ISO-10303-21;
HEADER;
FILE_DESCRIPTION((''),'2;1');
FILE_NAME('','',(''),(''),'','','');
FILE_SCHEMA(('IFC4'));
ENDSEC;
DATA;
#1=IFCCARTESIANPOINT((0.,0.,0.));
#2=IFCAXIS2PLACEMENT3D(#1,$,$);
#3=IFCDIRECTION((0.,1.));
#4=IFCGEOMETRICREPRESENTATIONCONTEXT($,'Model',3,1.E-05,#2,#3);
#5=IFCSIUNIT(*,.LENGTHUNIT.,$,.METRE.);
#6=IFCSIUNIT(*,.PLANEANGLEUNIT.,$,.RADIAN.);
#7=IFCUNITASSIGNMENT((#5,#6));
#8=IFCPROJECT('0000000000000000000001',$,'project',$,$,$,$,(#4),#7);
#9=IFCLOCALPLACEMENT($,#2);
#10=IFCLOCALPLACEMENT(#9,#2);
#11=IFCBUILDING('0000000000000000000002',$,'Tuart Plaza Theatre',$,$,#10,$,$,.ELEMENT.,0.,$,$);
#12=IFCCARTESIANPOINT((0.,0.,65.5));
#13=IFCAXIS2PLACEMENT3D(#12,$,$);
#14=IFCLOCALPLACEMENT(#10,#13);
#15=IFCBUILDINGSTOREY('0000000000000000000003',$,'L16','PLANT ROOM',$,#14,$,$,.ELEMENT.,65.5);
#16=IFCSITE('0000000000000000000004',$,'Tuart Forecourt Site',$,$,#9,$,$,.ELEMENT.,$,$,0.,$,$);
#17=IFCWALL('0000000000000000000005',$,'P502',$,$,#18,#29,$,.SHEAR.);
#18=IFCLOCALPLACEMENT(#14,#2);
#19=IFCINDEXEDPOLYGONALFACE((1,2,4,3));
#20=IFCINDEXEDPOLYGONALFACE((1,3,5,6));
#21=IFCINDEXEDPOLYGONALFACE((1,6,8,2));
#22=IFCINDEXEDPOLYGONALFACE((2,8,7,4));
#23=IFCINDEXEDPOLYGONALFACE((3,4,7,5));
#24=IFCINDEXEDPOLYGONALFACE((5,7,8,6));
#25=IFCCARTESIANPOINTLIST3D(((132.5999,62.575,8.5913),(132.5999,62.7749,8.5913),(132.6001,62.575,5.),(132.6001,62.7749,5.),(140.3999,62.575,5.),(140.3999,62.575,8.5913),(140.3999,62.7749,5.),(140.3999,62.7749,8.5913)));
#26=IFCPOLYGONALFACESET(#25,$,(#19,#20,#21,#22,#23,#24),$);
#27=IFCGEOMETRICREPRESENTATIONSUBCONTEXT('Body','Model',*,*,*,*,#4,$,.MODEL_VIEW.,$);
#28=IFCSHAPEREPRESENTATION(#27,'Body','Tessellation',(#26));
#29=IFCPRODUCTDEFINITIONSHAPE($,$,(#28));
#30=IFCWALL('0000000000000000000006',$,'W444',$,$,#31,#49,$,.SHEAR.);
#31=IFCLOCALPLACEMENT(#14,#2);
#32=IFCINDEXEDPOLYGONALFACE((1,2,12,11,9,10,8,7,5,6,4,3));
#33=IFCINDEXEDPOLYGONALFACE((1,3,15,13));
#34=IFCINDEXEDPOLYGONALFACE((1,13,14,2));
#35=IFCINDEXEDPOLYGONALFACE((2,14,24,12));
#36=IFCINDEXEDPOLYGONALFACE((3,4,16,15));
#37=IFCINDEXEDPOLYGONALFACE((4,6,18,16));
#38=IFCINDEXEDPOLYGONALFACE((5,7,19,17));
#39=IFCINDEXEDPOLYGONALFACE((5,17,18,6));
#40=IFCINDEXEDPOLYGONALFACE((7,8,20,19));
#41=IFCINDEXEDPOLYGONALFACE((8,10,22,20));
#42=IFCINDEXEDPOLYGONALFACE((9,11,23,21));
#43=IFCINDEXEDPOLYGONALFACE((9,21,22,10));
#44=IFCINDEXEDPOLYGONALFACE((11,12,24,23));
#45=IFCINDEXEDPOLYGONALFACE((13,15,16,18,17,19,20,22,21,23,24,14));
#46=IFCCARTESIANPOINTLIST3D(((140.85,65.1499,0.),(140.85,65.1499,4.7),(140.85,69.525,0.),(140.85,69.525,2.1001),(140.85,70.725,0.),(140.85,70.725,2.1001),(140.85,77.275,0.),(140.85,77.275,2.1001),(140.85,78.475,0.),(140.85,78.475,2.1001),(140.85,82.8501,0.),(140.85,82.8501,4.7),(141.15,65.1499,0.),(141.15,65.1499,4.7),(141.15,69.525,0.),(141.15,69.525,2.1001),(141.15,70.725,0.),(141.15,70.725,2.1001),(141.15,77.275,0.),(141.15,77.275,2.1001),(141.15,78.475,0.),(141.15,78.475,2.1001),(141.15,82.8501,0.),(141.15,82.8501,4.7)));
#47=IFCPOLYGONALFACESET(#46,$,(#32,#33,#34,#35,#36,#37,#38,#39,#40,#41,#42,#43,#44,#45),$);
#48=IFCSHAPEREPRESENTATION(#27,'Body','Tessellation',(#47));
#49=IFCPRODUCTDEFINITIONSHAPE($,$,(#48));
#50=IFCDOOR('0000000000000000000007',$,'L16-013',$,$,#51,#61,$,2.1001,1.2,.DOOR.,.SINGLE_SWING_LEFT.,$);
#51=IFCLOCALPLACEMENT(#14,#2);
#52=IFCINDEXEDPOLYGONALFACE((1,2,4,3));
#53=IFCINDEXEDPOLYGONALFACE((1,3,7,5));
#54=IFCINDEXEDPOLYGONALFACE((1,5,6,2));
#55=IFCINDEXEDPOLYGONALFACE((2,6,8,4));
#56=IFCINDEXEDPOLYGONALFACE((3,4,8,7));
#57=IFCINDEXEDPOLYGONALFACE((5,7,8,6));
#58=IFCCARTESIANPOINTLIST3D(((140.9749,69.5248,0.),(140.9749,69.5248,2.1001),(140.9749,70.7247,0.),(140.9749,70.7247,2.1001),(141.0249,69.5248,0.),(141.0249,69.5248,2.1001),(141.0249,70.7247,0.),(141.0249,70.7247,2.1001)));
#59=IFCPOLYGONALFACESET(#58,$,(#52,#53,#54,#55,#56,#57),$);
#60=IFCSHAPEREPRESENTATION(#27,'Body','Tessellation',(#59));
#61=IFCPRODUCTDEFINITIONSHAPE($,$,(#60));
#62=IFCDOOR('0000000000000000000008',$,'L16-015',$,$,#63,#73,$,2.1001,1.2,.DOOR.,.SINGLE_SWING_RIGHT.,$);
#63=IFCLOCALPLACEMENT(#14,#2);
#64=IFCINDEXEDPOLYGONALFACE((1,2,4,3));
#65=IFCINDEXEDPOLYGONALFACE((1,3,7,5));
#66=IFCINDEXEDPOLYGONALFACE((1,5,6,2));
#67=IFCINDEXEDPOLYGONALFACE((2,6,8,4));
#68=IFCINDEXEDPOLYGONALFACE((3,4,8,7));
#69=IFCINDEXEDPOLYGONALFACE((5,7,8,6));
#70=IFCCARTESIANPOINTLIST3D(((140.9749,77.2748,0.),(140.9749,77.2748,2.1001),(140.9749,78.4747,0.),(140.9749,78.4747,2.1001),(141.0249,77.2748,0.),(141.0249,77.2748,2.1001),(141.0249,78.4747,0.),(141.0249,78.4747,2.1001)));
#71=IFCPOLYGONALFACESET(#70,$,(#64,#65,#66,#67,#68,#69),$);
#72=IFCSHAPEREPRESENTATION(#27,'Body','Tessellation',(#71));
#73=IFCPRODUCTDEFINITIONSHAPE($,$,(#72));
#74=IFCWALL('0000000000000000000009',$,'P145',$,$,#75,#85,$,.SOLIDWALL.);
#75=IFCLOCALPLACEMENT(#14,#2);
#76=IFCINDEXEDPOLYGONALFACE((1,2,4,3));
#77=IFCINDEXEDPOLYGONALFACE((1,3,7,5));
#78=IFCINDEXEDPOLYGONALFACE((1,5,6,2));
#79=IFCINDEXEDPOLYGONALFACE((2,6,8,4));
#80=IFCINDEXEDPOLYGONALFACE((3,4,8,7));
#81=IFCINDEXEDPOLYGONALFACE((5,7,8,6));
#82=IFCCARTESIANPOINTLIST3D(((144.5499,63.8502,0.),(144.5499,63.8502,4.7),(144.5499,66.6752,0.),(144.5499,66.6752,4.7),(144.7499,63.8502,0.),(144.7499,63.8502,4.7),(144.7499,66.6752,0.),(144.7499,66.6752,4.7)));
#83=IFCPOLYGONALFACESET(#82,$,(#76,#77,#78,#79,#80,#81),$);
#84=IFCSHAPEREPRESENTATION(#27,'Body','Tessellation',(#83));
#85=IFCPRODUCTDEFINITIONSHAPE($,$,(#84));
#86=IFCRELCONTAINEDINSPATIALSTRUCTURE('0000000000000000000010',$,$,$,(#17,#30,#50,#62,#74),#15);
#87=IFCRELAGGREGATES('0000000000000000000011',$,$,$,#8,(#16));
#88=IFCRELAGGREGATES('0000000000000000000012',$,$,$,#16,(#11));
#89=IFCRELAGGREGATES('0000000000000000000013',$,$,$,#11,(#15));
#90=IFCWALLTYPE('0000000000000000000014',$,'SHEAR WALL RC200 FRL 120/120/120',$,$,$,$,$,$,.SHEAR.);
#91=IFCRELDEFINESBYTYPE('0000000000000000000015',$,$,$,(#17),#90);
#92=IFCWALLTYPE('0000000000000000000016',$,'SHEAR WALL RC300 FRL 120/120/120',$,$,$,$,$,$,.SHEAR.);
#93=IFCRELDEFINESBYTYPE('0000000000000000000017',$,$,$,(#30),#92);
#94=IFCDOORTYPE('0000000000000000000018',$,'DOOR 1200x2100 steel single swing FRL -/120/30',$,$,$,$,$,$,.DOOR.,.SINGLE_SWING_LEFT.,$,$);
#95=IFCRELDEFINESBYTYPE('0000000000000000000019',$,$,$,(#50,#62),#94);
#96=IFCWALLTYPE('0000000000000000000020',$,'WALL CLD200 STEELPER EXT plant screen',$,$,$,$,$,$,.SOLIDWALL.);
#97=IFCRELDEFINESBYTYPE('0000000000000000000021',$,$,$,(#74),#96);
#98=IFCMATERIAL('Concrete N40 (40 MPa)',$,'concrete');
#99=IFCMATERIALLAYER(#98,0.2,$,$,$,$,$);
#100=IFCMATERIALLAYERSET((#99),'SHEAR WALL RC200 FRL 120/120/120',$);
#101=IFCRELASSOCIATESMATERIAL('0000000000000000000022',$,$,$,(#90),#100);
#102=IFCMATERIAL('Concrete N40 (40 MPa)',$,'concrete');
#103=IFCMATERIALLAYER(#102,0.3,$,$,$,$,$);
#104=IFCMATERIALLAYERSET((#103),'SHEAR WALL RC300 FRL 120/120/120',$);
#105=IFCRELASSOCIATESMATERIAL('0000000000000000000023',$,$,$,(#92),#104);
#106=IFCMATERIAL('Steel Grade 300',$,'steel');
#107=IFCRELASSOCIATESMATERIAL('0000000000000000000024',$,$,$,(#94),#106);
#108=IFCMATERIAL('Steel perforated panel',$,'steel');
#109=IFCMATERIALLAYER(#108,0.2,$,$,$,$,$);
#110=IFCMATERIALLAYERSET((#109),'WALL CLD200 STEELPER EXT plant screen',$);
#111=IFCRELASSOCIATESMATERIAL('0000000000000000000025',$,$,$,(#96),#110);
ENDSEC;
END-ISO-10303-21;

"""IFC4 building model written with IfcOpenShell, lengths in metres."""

from ifc_helpers import new_model, si_unit, direction, frame, frame_2d, origin, place, context, subcontext, project, spatial, polyline, rectangle, outline, extrude, material, layer, layer_set, type_object, element, fill, save


model = new_model("IFC4")

# Units and contexts
model_context = context("Model", 3, precision=1e-05, world=origin(), true_north=direction((0.0, 1.0)))
body_context = subcontext(model_context, "Body", "Model", "MODEL_VIEW")
ifc_project = project(units=[si_unit("LENGTHUNIT", "METRE"), si_unit("PLANEANGLEUNIT", "RADIAN")], contexts=[model_context])

# Site, building, storey
site_placement = place(None, origin())
site = spatial("IfcSite", under=ifc_project, at=site_placement, Name="Tuart Forecourt Site", CompositionType="ELEMENT", RefElevation=0.0)
building_placement = place(site_placement, origin())
building = spatial("IfcBuilding", under=site, at=building_placement, Name="Tuart Plaza Theatre", CompositionType="ELEMENT", ElevationOfRefHeight=0.0)
storey_placement = place(building_placement, frame((0.0, 0.0, 65.5)))
storey = spatial("IfcBuildingStorey", under=building, at=storey_placement, Name="L16", Description="PLANT ROOM", CompositionType="ELEMENT", Elevation=65.5)

# Shared definitions
ifc_material_1 = material(Name="Concrete N40 (40 MPa)", Category="concrete")
ifc_layer_1 = layer(ifc_material_1, 0.2)
ifc_layer_set_1 = layer_set([ifc_layer_1], Name="SHEAR WALL RC200 FRL 120/120/120")
wall_type_1 = type_object("IfcWallType", Name="SHEAR WALL RC200 FRL 120/120/120", PredefinedType="SHEAR", material=ifc_layer_set_1)

# Wall
wall_1_placement = place(storey_placement, frame((140.3999, 62.675, 5.0), z_axis=(0.0, 0.0, 1.0), x_axis=(-1.0, 0.0, 0.0)))
element("IfcWall", 1, at=wall_1_placement, inside=storey, type_object=wall_type_1, Name="P502", PredefinedType="SHEAR", context=body_context, shape_type="SweptSolid", body=[
    extrude(outline(polyline([(0.0, 0.0), (7.7998, 0.0), (7.8, 3.5913), (0.0, 3.5913), (0.0, 0.0)])), frame((0.0, 0.1001, 0.0), z_axis=(0.0, -1.0, 0.0), x_axis=(1.0, 0.0, 0.0)), (0.0, 0.0, 1.0), 0.2),
])

# Wall, openings, doors
ifc_material_2 = material(Name="Concrete N40 (40 MPa)", Category="concrete")
ifc_layer_2 = layer(ifc_material_2, 0.3)
ifc_layer_set_2 = layer_set([ifc_layer_2], Name="SHEAR WALL RC300 FRL 120/120/120")
wall_type_2 = type_object("IfcWallType", Name="SHEAR WALL RC300 FRL 120/120/120", PredefinedType="SHEAR", material=ifc_layer_set_2)
wall_2_placement = place(storey_placement, frame((141.0, 65.1499, 0.0), z_axis=(0.0, 0.0, 1.0), x_axis=(0.0, 1.0, 0.0)))
wall_2 = element("IfcWall", 2, at=wall_2_placement, inside=storey, type_object=wall_type_2, Name="W444", PredefinedType="SHEAR", context=body_context, shape_type="SweptSolid", body=[
    extrude(rectangle(XDim=17.7002, YDim=0.3, at=frame_2d((8.8501, 0.0))), origin(), (0.0, 0.0, 1.0), 4.7),
])
opening_1_placement = place(wall_2_placement, frame((4.375, 0.0, 0.0)))
opening_1 = element("IfcOpeningElement", 3, at=opening_1_placement, cuts=wall_2, PredefinedType="OPENING", context=body_context, shape_type="SweptSolid", body=[
    extrude(rectangle(XDim=1.2, YDim=2.1001, at=frame_2d((0.6001, 1.05))), frame((0.0, 0.1599, 0.0), z_axis=(0.0, -1.0, 0.0), x_axis=(1.0, 0.0, 0.0)), (0.0, 0.0, 1.0), 0.3201),
])
opening_2_placement = place(wall_2_placement, frame((12.125, 0.0, 0.0)))
opening_2 = element("IfcOpeningElement", 4, at=opening_2_placement, cuts=wall_2, PredefinedType="OPENING", context=body_context, shape_type="SweptSolid", body=[
    extrude(rectangle(XDim=1.2, YDim=2.1001, at=frame_2d((0.6001, 1.05))), frame((0.0, 0.1599, 0.0), z_axis=(0.0, -1.0, 0.0), x_axis=(1.0, 0.0, 0.0)), (0.0, 0.0, 1.0), 0.3201),
])
ifc_material_3 = material(Name="Steel Grade 300", Category="steel")
door_type_1 = type_object("IfcDoorType", Name="DOOR 1200x2100 steel single swing FRL -/120/30", OperationType="SINGLE_SWING_LEFT", PredefinedType="DOOR", material=ifc_material_3)
door_1_placement = place(opening_1_placement, frame((1.2, 0.0, 0.0), z_axis=(0.0, 0.0, 1.0), x_axis=(-1.0, 0.0, 0.0)))
door_1 = element("IfcDoor", 5, at=door_1_placement, inside=storey, type_object=door_type_1, Name="L16-013", OperationType="SINGLE_SWING_LEFT", OverallHeight=2.1001, OverallWidth=1.2, PredefinedType="DOOR", context=body_context, shape_type="SweptSolid", body=[
    extrude(rectangle(XDim=1.2, YDim=2.1001, at=frame_2d((0.6001, 1.05))), frame((0.0, 0.0249, 0.0), z_axis=(0.0, -1.0, 0.0), x_axis=(1.0, 0.0, 0.0)), (0.0, 0.0, 1.0), 0.05),
])
fill(opening_1, door_1)
door_2_placement = place(opening_2_placement, frame((1.2, 0.0, 0.0), z_axis=(0.0, 0.0, 1.0), x_axis=(-1.0, 0.0, 0.0)))
door_2 = element("IfcDoor", 6, at=door_2_placement, inside=storey, type_object=door_type_1, Name="L16-015", OperationType="SINGLE_SWING_RIGHT", OverallHeight=2.1001, OverallWidth=1.2, PredefinedType="DOOR", context=body_context, shape_type="SweptSolid", body=[
    extrude(rectangle(XDim=1.2, YDim=2.1001, at=frame_2d((0.6001, 1.05))), frame((0.0, 0.0249, 0.0), z_axis=(0.0, -1.0, 0.0), x_axis=(1.0, 0.0, 0.0)), (0.0, 0.0, 1.0), 0.05),
])
fill(opening_2, door_2)

# Wall
ifc_material_4 = material(Name="Steel perforated panel", Category="steel")
ifc_layer_3 = layer(ifc_material_4, 0.2)
ifc_layer_set_3 = layer_set([ifc_layer_3], Name="WALL CLD200 STEELPER EXT plant screen")
wall_type_3 = type_object("IfcWallType", Name="WALL CLD200 STEELPER EXT plant screen", PredefinedType="SOLIDWALL", material=ifc_layer_set_3)
wall_3_placement = place(storey_placement, frame((144.6499, 63.8501, 0.0), z_axis=(0.0, 0.0, 1.0), x_axis=(0.0, 1.0, 0.0)))
element("IfcWall", 7, at=wall_3_placement, inside=storey, type_object=wall_type_3, Name="P145", PredefinedType="SOLIDWALL", context=body_context, shape_type="SweptSolid", body=[
    extrude(rectangle(XDim=2.825, YDim=0.2, at=frame_2d((1.4126, 0.0))), origin(), (0.0, 0.0, 1.0), 4.7),
])

save(model, "model.ifc")
